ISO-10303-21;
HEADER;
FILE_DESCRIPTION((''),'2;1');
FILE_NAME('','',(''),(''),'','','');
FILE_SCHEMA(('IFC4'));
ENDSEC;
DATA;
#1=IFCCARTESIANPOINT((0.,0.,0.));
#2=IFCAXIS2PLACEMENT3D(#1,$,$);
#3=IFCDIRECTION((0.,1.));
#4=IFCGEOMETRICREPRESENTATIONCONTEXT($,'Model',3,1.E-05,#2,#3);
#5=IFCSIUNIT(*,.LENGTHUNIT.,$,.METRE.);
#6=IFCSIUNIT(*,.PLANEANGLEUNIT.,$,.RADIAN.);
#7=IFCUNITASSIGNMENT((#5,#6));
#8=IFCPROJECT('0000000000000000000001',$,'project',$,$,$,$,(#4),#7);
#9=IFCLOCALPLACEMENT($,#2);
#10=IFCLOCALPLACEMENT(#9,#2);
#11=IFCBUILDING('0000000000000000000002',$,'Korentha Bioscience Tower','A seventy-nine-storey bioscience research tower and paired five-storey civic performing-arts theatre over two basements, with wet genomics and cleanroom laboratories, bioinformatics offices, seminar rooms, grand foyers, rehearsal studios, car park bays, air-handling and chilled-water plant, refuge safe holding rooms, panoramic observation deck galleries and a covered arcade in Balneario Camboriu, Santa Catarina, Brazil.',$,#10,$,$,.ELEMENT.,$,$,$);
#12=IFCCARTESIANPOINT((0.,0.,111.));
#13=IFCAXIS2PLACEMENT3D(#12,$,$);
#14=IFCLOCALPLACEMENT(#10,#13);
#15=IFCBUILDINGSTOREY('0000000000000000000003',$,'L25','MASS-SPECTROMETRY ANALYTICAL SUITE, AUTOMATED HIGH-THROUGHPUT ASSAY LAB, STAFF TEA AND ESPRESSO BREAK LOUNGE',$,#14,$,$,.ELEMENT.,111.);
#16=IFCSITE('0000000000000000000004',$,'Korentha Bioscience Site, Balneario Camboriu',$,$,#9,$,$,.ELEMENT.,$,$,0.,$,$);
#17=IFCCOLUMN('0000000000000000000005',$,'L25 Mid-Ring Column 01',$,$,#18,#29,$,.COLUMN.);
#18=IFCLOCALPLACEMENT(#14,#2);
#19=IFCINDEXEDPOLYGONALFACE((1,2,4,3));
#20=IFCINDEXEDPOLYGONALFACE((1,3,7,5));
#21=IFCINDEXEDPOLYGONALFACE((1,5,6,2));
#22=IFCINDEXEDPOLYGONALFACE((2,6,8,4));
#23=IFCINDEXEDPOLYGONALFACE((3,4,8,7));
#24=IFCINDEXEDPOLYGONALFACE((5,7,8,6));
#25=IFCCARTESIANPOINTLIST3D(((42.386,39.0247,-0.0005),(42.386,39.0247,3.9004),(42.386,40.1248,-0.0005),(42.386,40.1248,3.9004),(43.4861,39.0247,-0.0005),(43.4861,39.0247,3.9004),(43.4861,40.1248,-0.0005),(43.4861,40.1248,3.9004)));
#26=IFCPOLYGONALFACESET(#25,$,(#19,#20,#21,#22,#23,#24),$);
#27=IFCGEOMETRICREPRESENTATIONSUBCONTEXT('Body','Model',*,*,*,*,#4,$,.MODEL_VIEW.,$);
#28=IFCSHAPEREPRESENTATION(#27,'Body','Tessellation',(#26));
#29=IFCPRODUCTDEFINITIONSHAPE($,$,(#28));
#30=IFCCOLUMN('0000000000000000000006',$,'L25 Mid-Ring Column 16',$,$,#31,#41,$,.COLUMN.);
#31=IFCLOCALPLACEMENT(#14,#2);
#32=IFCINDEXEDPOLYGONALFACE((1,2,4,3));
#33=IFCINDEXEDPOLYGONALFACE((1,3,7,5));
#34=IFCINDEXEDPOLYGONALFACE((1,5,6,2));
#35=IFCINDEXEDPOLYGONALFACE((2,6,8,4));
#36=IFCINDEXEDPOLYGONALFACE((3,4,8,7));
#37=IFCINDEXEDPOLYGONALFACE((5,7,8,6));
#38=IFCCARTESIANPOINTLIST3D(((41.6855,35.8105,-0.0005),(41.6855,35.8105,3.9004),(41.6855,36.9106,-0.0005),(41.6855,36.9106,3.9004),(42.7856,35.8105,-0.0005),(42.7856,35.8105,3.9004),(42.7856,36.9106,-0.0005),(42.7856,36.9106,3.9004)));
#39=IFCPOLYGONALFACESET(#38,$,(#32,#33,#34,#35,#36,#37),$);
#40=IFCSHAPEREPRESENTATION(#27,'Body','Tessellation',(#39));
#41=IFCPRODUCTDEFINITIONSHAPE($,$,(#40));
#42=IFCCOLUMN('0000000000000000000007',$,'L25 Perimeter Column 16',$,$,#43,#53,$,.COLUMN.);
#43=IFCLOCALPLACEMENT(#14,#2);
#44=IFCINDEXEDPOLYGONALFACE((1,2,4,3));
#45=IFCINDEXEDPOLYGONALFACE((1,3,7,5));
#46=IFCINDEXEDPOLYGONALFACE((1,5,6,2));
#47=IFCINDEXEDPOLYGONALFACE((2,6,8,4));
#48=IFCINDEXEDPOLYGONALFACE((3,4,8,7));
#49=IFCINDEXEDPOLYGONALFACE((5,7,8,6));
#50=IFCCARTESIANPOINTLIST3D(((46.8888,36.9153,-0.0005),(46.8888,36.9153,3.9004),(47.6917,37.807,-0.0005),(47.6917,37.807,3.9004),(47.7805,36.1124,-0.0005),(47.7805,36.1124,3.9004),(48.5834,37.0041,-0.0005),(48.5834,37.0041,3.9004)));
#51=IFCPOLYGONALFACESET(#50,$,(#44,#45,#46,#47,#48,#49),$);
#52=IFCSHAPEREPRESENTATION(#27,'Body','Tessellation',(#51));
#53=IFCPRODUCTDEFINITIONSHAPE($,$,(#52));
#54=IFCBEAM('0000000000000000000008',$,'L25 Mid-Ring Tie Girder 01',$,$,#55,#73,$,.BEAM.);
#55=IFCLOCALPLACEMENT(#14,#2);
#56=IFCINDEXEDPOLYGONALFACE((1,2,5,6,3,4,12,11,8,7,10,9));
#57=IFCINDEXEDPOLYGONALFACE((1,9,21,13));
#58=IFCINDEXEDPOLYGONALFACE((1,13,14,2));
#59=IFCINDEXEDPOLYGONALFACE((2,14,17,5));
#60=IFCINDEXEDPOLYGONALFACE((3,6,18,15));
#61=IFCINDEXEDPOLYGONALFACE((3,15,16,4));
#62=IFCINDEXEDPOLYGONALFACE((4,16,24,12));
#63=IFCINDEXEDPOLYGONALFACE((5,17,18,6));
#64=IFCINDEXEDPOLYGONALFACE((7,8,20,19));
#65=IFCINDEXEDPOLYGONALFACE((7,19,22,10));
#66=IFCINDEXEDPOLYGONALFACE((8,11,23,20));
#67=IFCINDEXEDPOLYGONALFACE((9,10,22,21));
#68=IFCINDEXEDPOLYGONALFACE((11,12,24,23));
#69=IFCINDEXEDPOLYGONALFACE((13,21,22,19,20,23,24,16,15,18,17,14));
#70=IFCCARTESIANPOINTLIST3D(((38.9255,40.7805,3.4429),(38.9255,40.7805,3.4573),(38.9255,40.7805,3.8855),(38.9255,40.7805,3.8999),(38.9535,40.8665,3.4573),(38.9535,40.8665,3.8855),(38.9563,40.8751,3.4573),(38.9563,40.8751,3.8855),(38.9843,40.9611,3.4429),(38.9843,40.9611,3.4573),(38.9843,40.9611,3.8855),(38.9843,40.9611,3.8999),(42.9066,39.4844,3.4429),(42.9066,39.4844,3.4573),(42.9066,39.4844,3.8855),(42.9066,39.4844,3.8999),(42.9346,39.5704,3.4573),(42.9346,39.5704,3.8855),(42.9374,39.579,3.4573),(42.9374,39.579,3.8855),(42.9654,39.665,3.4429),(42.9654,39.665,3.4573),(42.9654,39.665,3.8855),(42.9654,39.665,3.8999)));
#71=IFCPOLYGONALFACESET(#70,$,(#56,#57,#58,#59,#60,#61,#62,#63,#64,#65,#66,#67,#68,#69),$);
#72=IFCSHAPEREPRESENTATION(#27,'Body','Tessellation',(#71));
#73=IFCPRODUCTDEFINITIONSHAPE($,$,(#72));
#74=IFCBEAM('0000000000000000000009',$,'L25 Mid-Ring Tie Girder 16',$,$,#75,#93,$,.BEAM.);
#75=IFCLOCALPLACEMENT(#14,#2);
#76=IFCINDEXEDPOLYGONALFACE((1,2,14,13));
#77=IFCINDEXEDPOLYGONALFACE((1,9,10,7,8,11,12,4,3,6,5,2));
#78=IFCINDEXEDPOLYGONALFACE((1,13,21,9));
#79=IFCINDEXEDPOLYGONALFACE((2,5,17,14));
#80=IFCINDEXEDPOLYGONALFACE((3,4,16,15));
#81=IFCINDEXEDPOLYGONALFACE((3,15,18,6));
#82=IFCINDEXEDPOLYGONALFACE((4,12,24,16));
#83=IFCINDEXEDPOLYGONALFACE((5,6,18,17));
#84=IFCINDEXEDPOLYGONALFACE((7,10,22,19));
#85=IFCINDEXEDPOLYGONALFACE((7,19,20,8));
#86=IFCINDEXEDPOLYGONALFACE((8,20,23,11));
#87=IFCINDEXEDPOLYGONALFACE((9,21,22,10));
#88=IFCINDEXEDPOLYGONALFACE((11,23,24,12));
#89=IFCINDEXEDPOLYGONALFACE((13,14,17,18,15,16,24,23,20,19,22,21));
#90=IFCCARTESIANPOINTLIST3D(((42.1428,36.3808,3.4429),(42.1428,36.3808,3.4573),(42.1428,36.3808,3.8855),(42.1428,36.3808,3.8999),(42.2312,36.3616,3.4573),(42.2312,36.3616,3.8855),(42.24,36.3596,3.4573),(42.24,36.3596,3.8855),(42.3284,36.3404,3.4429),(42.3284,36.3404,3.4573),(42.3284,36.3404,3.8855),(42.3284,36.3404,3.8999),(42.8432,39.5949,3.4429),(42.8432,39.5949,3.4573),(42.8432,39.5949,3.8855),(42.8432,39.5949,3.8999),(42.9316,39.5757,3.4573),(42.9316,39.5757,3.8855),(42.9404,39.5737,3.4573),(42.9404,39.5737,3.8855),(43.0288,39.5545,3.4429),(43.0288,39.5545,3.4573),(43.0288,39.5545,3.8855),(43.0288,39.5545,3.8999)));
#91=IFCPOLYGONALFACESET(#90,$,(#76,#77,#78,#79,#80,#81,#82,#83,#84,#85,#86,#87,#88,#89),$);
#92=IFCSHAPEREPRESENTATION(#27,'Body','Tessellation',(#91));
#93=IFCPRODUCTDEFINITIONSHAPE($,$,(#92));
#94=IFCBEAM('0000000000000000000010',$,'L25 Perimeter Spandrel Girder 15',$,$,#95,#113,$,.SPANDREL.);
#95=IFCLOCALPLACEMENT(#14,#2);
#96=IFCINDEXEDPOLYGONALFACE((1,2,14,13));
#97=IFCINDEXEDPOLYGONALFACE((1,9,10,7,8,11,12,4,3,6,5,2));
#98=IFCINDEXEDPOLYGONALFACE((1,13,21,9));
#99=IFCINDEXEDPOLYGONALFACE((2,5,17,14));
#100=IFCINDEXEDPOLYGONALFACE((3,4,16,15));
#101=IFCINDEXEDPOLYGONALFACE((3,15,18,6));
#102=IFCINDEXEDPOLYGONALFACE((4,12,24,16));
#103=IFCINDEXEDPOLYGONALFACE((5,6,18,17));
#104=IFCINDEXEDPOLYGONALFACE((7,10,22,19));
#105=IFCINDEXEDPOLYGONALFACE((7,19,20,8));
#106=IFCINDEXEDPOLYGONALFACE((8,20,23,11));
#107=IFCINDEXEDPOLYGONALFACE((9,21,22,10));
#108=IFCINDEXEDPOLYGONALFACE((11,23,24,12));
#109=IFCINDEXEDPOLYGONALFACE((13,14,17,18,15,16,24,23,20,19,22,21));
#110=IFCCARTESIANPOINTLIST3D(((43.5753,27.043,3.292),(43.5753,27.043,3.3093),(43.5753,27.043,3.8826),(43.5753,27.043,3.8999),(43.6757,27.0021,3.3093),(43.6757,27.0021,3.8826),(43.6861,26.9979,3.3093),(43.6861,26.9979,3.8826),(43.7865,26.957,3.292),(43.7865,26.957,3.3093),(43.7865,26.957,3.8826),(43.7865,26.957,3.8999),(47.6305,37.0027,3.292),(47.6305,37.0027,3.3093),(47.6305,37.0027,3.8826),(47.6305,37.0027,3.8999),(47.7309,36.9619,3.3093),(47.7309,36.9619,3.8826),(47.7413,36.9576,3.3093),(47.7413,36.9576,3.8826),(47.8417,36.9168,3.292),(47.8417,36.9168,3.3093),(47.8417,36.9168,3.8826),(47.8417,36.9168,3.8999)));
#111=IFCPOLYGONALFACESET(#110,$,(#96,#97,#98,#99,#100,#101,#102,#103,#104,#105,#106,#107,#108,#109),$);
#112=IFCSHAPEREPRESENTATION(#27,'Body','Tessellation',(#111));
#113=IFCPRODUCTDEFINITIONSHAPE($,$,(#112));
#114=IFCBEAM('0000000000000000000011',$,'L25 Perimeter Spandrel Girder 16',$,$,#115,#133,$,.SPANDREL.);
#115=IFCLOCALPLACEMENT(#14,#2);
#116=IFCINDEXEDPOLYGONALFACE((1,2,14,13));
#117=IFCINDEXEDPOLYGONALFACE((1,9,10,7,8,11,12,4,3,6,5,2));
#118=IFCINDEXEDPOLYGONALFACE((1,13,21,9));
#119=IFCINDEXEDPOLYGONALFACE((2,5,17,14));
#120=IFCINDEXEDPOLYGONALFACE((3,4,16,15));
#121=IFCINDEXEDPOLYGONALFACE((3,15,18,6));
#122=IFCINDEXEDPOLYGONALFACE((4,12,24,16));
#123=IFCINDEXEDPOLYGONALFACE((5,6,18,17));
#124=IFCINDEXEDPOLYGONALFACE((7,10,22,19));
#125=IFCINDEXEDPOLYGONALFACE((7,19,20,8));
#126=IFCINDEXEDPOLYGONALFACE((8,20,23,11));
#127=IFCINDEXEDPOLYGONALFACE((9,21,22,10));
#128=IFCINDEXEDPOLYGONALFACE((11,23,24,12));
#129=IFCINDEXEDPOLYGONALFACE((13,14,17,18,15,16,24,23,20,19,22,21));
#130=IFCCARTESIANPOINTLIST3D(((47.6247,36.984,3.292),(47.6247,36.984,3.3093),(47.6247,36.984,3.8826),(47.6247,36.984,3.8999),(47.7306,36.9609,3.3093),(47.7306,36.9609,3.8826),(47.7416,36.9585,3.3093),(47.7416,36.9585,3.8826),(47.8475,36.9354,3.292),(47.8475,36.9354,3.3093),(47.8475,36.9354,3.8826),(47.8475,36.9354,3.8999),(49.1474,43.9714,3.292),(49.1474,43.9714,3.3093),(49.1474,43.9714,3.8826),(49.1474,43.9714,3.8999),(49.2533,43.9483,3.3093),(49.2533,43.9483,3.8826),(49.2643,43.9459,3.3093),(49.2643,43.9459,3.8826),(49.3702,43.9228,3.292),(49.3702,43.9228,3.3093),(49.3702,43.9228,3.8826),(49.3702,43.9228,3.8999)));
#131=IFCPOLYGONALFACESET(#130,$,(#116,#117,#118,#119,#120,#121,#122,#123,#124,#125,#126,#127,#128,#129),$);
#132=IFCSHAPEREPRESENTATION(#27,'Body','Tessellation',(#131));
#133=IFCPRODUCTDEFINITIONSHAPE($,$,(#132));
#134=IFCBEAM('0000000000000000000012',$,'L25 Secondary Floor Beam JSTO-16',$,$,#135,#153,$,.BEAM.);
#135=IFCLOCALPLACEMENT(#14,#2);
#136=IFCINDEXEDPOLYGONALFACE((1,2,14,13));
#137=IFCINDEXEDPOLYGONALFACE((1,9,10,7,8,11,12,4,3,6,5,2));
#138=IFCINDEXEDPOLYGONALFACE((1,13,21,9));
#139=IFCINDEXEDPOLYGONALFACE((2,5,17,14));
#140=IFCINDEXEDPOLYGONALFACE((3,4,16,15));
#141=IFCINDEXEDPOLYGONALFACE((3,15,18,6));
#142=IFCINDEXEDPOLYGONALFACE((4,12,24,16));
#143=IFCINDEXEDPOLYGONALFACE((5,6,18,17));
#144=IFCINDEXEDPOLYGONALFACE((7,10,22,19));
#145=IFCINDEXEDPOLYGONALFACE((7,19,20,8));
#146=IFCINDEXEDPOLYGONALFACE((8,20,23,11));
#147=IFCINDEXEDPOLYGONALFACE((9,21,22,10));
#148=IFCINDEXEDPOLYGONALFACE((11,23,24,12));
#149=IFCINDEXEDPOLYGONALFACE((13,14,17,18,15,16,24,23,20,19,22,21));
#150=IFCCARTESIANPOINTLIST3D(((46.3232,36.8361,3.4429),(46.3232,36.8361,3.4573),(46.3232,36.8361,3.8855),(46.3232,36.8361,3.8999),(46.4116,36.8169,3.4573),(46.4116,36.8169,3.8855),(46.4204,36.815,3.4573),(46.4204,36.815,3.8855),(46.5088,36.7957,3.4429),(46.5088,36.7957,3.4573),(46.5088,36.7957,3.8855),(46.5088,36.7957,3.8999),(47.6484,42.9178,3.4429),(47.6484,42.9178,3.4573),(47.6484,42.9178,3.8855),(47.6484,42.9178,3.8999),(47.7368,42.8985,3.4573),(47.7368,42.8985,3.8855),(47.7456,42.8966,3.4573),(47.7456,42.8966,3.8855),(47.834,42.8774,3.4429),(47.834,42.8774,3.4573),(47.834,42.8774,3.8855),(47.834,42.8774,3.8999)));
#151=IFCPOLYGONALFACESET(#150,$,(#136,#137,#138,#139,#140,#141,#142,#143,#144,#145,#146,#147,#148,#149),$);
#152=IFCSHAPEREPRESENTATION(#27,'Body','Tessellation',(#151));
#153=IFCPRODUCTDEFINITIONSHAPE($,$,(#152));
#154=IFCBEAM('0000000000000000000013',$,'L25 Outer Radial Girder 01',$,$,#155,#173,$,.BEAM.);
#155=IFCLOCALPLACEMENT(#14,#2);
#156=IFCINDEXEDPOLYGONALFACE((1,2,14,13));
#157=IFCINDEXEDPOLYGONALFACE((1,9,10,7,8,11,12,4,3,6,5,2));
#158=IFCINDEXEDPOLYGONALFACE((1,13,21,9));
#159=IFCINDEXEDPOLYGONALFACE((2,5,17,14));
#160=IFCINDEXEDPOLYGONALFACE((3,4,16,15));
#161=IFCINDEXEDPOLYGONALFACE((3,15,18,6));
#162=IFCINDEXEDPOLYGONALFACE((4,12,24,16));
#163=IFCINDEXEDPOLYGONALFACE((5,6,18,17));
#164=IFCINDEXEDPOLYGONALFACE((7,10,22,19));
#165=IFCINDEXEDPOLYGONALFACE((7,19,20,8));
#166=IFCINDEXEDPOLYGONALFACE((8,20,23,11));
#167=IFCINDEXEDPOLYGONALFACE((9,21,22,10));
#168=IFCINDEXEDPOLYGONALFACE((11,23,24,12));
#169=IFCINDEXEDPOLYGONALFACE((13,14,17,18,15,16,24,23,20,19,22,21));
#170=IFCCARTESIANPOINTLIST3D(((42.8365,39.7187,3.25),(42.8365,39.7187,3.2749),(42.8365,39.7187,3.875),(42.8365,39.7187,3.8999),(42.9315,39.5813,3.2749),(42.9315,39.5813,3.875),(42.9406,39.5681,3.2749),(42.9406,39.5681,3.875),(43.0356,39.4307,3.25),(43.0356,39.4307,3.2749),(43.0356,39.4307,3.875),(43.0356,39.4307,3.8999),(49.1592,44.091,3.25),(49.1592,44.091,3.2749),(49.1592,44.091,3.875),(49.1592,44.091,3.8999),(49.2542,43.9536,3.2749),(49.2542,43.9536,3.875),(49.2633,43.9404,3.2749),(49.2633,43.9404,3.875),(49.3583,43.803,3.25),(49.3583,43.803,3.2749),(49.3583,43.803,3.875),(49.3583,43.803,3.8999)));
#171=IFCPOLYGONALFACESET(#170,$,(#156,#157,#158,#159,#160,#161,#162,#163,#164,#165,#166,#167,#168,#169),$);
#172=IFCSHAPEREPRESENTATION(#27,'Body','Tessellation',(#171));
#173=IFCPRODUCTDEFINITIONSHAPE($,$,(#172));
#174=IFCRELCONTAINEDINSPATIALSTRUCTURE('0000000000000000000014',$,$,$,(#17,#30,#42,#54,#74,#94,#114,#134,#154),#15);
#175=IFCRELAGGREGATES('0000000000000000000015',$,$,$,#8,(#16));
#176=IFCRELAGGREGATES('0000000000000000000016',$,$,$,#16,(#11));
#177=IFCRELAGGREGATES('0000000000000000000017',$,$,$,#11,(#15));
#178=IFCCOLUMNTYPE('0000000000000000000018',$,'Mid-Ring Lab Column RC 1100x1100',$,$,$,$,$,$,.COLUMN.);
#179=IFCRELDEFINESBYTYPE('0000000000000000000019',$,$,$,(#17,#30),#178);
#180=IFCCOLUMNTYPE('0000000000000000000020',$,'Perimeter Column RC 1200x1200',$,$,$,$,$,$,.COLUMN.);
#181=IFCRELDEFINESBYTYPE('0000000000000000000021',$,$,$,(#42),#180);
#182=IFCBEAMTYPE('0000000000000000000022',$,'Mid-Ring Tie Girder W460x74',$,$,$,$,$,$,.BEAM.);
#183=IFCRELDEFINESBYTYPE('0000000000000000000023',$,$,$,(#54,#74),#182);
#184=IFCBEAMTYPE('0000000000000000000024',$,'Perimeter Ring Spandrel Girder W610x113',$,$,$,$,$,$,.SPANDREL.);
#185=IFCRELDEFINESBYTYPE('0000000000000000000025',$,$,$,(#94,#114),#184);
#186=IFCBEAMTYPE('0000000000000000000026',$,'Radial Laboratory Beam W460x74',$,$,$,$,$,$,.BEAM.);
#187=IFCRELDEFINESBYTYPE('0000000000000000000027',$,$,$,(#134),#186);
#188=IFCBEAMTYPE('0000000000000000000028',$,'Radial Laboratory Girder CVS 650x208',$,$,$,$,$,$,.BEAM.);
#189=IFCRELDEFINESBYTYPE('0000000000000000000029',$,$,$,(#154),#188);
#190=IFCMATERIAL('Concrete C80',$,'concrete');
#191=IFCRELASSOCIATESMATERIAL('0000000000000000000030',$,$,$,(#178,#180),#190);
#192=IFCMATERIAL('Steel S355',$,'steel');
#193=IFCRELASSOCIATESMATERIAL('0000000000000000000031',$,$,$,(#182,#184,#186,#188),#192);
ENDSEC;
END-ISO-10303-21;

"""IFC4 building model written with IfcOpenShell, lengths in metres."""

from ifc_helpers import new_model, si_unit, direction, frame, origin, origin_2d, place, context, subcontext, project, spatial, rectangle, i_section, extrude, material, material_profile, profile_set, type_object, element, save


model = new_model("IFC4")

# Units and contexts
model_context = context("Model", 3, precision=1e-05, world=origin(), true_north=direction((0.0, 1.0)))
body_context = subcontext(model_context, "Body", "Model", "MODEL_VIEW")
ifc_project = project(units=[si_unit("LENGTHUNIT", "METRE"), si_unit("PLANEANGLEUNIT", "RADIAN")], contexts=[model_context])

# Site, building, storey
site_placement = place(None, origin())
site = spatial("IfcSite", under=ifc_project, at=site_placement, Name="Korentha Bioscience Site, Balneario Camboriu", CompositionType="ELEMENT", RefElevation=0.0)
building_placement = place(site_placement, origin())
building = spatial("IfcBuilding", under=site, at=building_placement, Name="Korentha Bioscience Tower", Description="A seventy-nine-storey bioscience research tower and paired five-storey civic performing-arts theatre over two basements, with wet genomics and cleanroom laboratories, bioinformatics offices, seminar rooms, grand foyers, rehearsal studios, car park bays, air-handling and chilled-water plant, refuge safe holding rooms, panoramic observation deck galleries and a covered arcade in Balneario Camboriu, Santa Catarina, Brazil.", CompositionType="ELEMENT")
storey_placement = place(building_placement, frame((0.0, 0.0, 111.0)))
storey = spatial("IfcBuildingStorey", under=building, at=storey_placement, Name="L25", Description="MASS-SPECTROMETRY ANALYTICAL SUITE, AUTOMATED HIGH-THROUGHPUT ASSAY LAB, STAFF TEA AND ESPRESSO BREAK LOUNGE", CompositionType="ELEMENT", Elevation=111.0)

# Columns
ifc_material_1 = material(Name="Concrete C80", Category="concrete")
ifc_material_profile_1 = material_profile(ifc_material_1, rectangle(XDim=1.1001, YDim=1.1001, at=origin_2d()), Name="Concrete C80")
ifc_profile_set_1 = profile_set([ifc_material_profile_1], Name="Concrete C80 (COL-MR11)")
column_type_1 = type_object("IfcColumnType", Name="Mid-Ring Lab Column RC 1100x1100", PredefinedType="COLUMN", material=ifc_profile_set_1)
for number, where, z_axis, x_axis, name in (
    (1, (42.936, 39.5747, -0.0005), (0.0, 0.0, 1.0), (1.0, 0.0, 0.0), "L25 Mid-Ring Column 01"),
    (2, (42.2356, 36.3606, -0.0005), (0.0, 0.0, 1.0), (1.0, 0.0, 0.0), "L25 Mid-Ring Column 16"),
):
    element("IfcColumn", number, at=place(storey_placement, frame(where, z_axis=z_axis, x_axis=x_axis)), inside=storey, type_object=column_type_1, Name=name, PredefinedType="COLUMN", context=body_context, shape_type="SweptSolid", body=[
        extrude(rectangle(XDim=1.1001, YDim=1.1001, at=origin_2d()), origin(), (0.0, 0.0, 1.0), 3.9009),
    ])
ifc_material_profile_2 = material_profile(ifc_material_1, rectangle(XDim=1.2, YDim=1.2, at=origin_2d()), Name="Concrete C80")
ifc_profile_set_2 = profile_set([ifc_material_profile_2], Name="Concrete C80 (COL-P12)")
column_type_2 = type_object("IfcColumnType", Name="Perimeter Column RC 1200x1200", PredefinedType="COLUMN", material=ifc_profile_set_2)
column_placement = place(storey_placement, frame((47.7361, 36.9597, -0.0005), z_axis=(0.0, 0.0, 1.0), x_axis=(0.669131, 0.743145, 0.0)))
element("IfcColumn", 3, at=column_placement, inside=storey, type_object=column_type_2, Name="L25 Perimeter Column 16", PredefinedType="COLUMN", context=body_context, shape_type="SweptSolid", body=[
    extrude(rectangle(XDim=1.2, YDim=1.2, at=origin_2d()), origin(), (0.0, 0.0, 1.0), 3.9009),
])

# Beams
ifc_material_2 = material(Name="Steel S355", Category="steel")
ifc_material_profile_3 = material_profile(ifc_material_2, i_section(OverallWidth=0.1899, OverallDepth=0.457, WebThickness=0.009, FlangeThickness=0.0144, at=origin_2d()), Name="Steel S355")
ifc_profile_set_3 = profile_set([ifc_material_profile_3], Name="Steel S355 (MB-460)")
beam_type_1 = type_object("IfcBeamType", Name="Mid-Ring Tie Girder W460x74", PredefinedType="BEAM", material=ifc_profile_set_3)
beam_1_placement = place(storey_placement, frame((42.936, 39.5747, 3.6714), z_axis=(-0.950876, 0.309573, 0.0), x_axis=(-0.309573, -0.950876, 0.0)))
element("IfcBeam", 4, at=beam_1_placement, inside=storey, type_object=beam_type_1, Name="L25 Mid-Ring Tie Girder 01", PredefinedType="BEAM", context=body_context, shape_type="SweptSolid", body=[
    extrude(i_section(OverallWidth=0.1899, OverallDepth=0.457, WebThickness=0.009, FlangeThickness=0.0144, at=origin_2d()), origin(), (0.0, 0.0, 1.0), 4.1868),
])
beam_2_placement = place(storey_placement, frame((42.2356, 36.3606, 3.6714), z_axis=(0.212929, 0.977068, 0.0), x_axis=(-0.977068, 0.212929, 0.0)))
element("IfcBeam", 5, at=beam_2_placement, inside=storey, type_object=beam_type_1, Name="L25 Mid-Ring Tie Girder 16", PredefinedType="BEAM", context=body_context, shape_type="SweptSolid", body=[
    extrude(i_section(OverallWidth=0.1899, OverallDepth=0.457, WebThickness=0.009, FlangeThickness=0.0144, at=origin_2d()), origin(), (0.0, 0.0, 1.0), 3.2896),
])
ifc_material_profile_4 = material_profile(ifc_material_2, i_section(OverallWidth=0.228, OverallDepth=0.6079, WebThickness=0.0112, FlangeThickness=0.0173, at=origin_2d()), Name="Steel S355")
ifc_profile_set_4 = profile_set([ifc_material_profile_4], Name="Steel S355 (SB-610)")
beam_type_2 = type_object("IfcBeamType", Name="Perimeter Ring Spandrel Girder W610x113", PredefinedType="SPANDREL", material=ifc_profile_set_4)
beam_3_placement = place(storey_placement, frame((43.6809, 27.0, 3.5959), z_axis=(0.377099, 0.926173, 0.0), x_axis=(-0.926173, 0.377099, 0.0)))
element("IfcBeam", 6, at=beam_3_placement, inside=storey, type_object=beam_type_2, Name="L25 Perimeter Spandrel Girder 15", PredefinedType="SPANDREL", context=body_context, shape_type="SweptSolid", body=[
    extrude(i_section(OverallWidth=0.228, OverallDepth=0.6079, WebThickness=0.0112, FlangeThickness=0.0173, at=origin_2d()), origin(), (0.0, 0.0, 1.0), 10.7537),
])
beam_4_placement = place(storey_placement, frame((47.7361, 36.9597, 3.5959), z_axis=(0.212927, 0.977068, 0.0), x_axis=(-0.977068, 0.212927, 0.0)))
element("IfcBeam", 7, at=beam_4_placement, inside=storey, type_object=beam_type_2, Name="L25 Perimeter Spandrel Girder 16", PredefinedType="SPANDREL", context=body_context, shape_type="SweptSolid", body=[
    extrude(i_section(OverallWidth=0.228, OverallDepth=0.6079, WebThickness=0.0112, FlangeThickness=0.0173, at=origin_2d()), origin(), (0.0, 0.0, 1.0), 7.1514),
])
ifc_material_profile_5 = material_profile(ifc_material_2, i_section(OverallWidth=0.1899, OverallDepth=0.457, WebThickness=0.009, FlangeThickness=0.0144, at=origin_2d()), Name="Steel S355")
ifc_profile_set_5 = profile_set([ifc_material_profile_5], Name="Steel S355 (RB-460)")
beam_type_3 = type_object("IfcBeamType", Name="Radial Laboratory Beam W460x74", PredefinedType="BEAM", material=ifc_profile_set_5)
beam_5_placement = place(storey_placement, frame((46.416, 36.8159, 3.6714), z_axis=(0.212908, 0.977072, 0.0), x_axis=(-0.977072, 0.212908, 0.0)))
element("IfcBeam", 8, at=beam_5_placement, inside=storey, type_object=beam_type_3, Name="L25 Secondary Floor Beam JSTO-16", PredefinedType="BEAM", context=body_context, shape_type="SweptSolid", body=[
    extrude(i_section(OverallWidth=0.1899, OverallDepth=0.457, WebThickness=0.009, FlangeThickness=0.0144, at=origin_2d()), origin(), (0.0, 0.0, 1.0), 6.2244),
])
ifc_material_profile_6 = material_profile(ifc_material_2, i_section(OverallWidth=0.3501, OverallDepth=0.6499, WebThickness=0.0161, FlangeThickness=0.0249, at=origin_2d()), Name="Steel S355")
ifc_profile_set_6 = profile_set([ifc_material_profile_6], Name="Steel S355 (RB-650)")
beam_type_4 = type_object("IfcBeamType", Name="Radial Laboratory Girder CVS 650x208", PredefinedType="BEAM", material=ifc_profile_set_6)
beam_6_placement = place(storey_placement, frame((42.936, 39.5747, 3.575), z_axis=(0.822495, 0.568772, 0.0), x_axis=(-0.568772, 0.822495, 0.0)))
element("IfcBeam", 9, at=beam_6_placement, inside=storey, type_object=beam_type_4, Name="L25 Outer Radial Girder 01", PredefinedType="BEAM", context=body_context, shape_type="SweptSolid", body=[
    extrude(i_section(OverallWidth=0.3501, OverallDepth=0.6499, WebThickness=0.0161, FlangeThickness=0.0249, at=origin_2d()), origin(), (0.0, 0.0, 1.0), 7.6873),
])

save(model, "model.ifc")
